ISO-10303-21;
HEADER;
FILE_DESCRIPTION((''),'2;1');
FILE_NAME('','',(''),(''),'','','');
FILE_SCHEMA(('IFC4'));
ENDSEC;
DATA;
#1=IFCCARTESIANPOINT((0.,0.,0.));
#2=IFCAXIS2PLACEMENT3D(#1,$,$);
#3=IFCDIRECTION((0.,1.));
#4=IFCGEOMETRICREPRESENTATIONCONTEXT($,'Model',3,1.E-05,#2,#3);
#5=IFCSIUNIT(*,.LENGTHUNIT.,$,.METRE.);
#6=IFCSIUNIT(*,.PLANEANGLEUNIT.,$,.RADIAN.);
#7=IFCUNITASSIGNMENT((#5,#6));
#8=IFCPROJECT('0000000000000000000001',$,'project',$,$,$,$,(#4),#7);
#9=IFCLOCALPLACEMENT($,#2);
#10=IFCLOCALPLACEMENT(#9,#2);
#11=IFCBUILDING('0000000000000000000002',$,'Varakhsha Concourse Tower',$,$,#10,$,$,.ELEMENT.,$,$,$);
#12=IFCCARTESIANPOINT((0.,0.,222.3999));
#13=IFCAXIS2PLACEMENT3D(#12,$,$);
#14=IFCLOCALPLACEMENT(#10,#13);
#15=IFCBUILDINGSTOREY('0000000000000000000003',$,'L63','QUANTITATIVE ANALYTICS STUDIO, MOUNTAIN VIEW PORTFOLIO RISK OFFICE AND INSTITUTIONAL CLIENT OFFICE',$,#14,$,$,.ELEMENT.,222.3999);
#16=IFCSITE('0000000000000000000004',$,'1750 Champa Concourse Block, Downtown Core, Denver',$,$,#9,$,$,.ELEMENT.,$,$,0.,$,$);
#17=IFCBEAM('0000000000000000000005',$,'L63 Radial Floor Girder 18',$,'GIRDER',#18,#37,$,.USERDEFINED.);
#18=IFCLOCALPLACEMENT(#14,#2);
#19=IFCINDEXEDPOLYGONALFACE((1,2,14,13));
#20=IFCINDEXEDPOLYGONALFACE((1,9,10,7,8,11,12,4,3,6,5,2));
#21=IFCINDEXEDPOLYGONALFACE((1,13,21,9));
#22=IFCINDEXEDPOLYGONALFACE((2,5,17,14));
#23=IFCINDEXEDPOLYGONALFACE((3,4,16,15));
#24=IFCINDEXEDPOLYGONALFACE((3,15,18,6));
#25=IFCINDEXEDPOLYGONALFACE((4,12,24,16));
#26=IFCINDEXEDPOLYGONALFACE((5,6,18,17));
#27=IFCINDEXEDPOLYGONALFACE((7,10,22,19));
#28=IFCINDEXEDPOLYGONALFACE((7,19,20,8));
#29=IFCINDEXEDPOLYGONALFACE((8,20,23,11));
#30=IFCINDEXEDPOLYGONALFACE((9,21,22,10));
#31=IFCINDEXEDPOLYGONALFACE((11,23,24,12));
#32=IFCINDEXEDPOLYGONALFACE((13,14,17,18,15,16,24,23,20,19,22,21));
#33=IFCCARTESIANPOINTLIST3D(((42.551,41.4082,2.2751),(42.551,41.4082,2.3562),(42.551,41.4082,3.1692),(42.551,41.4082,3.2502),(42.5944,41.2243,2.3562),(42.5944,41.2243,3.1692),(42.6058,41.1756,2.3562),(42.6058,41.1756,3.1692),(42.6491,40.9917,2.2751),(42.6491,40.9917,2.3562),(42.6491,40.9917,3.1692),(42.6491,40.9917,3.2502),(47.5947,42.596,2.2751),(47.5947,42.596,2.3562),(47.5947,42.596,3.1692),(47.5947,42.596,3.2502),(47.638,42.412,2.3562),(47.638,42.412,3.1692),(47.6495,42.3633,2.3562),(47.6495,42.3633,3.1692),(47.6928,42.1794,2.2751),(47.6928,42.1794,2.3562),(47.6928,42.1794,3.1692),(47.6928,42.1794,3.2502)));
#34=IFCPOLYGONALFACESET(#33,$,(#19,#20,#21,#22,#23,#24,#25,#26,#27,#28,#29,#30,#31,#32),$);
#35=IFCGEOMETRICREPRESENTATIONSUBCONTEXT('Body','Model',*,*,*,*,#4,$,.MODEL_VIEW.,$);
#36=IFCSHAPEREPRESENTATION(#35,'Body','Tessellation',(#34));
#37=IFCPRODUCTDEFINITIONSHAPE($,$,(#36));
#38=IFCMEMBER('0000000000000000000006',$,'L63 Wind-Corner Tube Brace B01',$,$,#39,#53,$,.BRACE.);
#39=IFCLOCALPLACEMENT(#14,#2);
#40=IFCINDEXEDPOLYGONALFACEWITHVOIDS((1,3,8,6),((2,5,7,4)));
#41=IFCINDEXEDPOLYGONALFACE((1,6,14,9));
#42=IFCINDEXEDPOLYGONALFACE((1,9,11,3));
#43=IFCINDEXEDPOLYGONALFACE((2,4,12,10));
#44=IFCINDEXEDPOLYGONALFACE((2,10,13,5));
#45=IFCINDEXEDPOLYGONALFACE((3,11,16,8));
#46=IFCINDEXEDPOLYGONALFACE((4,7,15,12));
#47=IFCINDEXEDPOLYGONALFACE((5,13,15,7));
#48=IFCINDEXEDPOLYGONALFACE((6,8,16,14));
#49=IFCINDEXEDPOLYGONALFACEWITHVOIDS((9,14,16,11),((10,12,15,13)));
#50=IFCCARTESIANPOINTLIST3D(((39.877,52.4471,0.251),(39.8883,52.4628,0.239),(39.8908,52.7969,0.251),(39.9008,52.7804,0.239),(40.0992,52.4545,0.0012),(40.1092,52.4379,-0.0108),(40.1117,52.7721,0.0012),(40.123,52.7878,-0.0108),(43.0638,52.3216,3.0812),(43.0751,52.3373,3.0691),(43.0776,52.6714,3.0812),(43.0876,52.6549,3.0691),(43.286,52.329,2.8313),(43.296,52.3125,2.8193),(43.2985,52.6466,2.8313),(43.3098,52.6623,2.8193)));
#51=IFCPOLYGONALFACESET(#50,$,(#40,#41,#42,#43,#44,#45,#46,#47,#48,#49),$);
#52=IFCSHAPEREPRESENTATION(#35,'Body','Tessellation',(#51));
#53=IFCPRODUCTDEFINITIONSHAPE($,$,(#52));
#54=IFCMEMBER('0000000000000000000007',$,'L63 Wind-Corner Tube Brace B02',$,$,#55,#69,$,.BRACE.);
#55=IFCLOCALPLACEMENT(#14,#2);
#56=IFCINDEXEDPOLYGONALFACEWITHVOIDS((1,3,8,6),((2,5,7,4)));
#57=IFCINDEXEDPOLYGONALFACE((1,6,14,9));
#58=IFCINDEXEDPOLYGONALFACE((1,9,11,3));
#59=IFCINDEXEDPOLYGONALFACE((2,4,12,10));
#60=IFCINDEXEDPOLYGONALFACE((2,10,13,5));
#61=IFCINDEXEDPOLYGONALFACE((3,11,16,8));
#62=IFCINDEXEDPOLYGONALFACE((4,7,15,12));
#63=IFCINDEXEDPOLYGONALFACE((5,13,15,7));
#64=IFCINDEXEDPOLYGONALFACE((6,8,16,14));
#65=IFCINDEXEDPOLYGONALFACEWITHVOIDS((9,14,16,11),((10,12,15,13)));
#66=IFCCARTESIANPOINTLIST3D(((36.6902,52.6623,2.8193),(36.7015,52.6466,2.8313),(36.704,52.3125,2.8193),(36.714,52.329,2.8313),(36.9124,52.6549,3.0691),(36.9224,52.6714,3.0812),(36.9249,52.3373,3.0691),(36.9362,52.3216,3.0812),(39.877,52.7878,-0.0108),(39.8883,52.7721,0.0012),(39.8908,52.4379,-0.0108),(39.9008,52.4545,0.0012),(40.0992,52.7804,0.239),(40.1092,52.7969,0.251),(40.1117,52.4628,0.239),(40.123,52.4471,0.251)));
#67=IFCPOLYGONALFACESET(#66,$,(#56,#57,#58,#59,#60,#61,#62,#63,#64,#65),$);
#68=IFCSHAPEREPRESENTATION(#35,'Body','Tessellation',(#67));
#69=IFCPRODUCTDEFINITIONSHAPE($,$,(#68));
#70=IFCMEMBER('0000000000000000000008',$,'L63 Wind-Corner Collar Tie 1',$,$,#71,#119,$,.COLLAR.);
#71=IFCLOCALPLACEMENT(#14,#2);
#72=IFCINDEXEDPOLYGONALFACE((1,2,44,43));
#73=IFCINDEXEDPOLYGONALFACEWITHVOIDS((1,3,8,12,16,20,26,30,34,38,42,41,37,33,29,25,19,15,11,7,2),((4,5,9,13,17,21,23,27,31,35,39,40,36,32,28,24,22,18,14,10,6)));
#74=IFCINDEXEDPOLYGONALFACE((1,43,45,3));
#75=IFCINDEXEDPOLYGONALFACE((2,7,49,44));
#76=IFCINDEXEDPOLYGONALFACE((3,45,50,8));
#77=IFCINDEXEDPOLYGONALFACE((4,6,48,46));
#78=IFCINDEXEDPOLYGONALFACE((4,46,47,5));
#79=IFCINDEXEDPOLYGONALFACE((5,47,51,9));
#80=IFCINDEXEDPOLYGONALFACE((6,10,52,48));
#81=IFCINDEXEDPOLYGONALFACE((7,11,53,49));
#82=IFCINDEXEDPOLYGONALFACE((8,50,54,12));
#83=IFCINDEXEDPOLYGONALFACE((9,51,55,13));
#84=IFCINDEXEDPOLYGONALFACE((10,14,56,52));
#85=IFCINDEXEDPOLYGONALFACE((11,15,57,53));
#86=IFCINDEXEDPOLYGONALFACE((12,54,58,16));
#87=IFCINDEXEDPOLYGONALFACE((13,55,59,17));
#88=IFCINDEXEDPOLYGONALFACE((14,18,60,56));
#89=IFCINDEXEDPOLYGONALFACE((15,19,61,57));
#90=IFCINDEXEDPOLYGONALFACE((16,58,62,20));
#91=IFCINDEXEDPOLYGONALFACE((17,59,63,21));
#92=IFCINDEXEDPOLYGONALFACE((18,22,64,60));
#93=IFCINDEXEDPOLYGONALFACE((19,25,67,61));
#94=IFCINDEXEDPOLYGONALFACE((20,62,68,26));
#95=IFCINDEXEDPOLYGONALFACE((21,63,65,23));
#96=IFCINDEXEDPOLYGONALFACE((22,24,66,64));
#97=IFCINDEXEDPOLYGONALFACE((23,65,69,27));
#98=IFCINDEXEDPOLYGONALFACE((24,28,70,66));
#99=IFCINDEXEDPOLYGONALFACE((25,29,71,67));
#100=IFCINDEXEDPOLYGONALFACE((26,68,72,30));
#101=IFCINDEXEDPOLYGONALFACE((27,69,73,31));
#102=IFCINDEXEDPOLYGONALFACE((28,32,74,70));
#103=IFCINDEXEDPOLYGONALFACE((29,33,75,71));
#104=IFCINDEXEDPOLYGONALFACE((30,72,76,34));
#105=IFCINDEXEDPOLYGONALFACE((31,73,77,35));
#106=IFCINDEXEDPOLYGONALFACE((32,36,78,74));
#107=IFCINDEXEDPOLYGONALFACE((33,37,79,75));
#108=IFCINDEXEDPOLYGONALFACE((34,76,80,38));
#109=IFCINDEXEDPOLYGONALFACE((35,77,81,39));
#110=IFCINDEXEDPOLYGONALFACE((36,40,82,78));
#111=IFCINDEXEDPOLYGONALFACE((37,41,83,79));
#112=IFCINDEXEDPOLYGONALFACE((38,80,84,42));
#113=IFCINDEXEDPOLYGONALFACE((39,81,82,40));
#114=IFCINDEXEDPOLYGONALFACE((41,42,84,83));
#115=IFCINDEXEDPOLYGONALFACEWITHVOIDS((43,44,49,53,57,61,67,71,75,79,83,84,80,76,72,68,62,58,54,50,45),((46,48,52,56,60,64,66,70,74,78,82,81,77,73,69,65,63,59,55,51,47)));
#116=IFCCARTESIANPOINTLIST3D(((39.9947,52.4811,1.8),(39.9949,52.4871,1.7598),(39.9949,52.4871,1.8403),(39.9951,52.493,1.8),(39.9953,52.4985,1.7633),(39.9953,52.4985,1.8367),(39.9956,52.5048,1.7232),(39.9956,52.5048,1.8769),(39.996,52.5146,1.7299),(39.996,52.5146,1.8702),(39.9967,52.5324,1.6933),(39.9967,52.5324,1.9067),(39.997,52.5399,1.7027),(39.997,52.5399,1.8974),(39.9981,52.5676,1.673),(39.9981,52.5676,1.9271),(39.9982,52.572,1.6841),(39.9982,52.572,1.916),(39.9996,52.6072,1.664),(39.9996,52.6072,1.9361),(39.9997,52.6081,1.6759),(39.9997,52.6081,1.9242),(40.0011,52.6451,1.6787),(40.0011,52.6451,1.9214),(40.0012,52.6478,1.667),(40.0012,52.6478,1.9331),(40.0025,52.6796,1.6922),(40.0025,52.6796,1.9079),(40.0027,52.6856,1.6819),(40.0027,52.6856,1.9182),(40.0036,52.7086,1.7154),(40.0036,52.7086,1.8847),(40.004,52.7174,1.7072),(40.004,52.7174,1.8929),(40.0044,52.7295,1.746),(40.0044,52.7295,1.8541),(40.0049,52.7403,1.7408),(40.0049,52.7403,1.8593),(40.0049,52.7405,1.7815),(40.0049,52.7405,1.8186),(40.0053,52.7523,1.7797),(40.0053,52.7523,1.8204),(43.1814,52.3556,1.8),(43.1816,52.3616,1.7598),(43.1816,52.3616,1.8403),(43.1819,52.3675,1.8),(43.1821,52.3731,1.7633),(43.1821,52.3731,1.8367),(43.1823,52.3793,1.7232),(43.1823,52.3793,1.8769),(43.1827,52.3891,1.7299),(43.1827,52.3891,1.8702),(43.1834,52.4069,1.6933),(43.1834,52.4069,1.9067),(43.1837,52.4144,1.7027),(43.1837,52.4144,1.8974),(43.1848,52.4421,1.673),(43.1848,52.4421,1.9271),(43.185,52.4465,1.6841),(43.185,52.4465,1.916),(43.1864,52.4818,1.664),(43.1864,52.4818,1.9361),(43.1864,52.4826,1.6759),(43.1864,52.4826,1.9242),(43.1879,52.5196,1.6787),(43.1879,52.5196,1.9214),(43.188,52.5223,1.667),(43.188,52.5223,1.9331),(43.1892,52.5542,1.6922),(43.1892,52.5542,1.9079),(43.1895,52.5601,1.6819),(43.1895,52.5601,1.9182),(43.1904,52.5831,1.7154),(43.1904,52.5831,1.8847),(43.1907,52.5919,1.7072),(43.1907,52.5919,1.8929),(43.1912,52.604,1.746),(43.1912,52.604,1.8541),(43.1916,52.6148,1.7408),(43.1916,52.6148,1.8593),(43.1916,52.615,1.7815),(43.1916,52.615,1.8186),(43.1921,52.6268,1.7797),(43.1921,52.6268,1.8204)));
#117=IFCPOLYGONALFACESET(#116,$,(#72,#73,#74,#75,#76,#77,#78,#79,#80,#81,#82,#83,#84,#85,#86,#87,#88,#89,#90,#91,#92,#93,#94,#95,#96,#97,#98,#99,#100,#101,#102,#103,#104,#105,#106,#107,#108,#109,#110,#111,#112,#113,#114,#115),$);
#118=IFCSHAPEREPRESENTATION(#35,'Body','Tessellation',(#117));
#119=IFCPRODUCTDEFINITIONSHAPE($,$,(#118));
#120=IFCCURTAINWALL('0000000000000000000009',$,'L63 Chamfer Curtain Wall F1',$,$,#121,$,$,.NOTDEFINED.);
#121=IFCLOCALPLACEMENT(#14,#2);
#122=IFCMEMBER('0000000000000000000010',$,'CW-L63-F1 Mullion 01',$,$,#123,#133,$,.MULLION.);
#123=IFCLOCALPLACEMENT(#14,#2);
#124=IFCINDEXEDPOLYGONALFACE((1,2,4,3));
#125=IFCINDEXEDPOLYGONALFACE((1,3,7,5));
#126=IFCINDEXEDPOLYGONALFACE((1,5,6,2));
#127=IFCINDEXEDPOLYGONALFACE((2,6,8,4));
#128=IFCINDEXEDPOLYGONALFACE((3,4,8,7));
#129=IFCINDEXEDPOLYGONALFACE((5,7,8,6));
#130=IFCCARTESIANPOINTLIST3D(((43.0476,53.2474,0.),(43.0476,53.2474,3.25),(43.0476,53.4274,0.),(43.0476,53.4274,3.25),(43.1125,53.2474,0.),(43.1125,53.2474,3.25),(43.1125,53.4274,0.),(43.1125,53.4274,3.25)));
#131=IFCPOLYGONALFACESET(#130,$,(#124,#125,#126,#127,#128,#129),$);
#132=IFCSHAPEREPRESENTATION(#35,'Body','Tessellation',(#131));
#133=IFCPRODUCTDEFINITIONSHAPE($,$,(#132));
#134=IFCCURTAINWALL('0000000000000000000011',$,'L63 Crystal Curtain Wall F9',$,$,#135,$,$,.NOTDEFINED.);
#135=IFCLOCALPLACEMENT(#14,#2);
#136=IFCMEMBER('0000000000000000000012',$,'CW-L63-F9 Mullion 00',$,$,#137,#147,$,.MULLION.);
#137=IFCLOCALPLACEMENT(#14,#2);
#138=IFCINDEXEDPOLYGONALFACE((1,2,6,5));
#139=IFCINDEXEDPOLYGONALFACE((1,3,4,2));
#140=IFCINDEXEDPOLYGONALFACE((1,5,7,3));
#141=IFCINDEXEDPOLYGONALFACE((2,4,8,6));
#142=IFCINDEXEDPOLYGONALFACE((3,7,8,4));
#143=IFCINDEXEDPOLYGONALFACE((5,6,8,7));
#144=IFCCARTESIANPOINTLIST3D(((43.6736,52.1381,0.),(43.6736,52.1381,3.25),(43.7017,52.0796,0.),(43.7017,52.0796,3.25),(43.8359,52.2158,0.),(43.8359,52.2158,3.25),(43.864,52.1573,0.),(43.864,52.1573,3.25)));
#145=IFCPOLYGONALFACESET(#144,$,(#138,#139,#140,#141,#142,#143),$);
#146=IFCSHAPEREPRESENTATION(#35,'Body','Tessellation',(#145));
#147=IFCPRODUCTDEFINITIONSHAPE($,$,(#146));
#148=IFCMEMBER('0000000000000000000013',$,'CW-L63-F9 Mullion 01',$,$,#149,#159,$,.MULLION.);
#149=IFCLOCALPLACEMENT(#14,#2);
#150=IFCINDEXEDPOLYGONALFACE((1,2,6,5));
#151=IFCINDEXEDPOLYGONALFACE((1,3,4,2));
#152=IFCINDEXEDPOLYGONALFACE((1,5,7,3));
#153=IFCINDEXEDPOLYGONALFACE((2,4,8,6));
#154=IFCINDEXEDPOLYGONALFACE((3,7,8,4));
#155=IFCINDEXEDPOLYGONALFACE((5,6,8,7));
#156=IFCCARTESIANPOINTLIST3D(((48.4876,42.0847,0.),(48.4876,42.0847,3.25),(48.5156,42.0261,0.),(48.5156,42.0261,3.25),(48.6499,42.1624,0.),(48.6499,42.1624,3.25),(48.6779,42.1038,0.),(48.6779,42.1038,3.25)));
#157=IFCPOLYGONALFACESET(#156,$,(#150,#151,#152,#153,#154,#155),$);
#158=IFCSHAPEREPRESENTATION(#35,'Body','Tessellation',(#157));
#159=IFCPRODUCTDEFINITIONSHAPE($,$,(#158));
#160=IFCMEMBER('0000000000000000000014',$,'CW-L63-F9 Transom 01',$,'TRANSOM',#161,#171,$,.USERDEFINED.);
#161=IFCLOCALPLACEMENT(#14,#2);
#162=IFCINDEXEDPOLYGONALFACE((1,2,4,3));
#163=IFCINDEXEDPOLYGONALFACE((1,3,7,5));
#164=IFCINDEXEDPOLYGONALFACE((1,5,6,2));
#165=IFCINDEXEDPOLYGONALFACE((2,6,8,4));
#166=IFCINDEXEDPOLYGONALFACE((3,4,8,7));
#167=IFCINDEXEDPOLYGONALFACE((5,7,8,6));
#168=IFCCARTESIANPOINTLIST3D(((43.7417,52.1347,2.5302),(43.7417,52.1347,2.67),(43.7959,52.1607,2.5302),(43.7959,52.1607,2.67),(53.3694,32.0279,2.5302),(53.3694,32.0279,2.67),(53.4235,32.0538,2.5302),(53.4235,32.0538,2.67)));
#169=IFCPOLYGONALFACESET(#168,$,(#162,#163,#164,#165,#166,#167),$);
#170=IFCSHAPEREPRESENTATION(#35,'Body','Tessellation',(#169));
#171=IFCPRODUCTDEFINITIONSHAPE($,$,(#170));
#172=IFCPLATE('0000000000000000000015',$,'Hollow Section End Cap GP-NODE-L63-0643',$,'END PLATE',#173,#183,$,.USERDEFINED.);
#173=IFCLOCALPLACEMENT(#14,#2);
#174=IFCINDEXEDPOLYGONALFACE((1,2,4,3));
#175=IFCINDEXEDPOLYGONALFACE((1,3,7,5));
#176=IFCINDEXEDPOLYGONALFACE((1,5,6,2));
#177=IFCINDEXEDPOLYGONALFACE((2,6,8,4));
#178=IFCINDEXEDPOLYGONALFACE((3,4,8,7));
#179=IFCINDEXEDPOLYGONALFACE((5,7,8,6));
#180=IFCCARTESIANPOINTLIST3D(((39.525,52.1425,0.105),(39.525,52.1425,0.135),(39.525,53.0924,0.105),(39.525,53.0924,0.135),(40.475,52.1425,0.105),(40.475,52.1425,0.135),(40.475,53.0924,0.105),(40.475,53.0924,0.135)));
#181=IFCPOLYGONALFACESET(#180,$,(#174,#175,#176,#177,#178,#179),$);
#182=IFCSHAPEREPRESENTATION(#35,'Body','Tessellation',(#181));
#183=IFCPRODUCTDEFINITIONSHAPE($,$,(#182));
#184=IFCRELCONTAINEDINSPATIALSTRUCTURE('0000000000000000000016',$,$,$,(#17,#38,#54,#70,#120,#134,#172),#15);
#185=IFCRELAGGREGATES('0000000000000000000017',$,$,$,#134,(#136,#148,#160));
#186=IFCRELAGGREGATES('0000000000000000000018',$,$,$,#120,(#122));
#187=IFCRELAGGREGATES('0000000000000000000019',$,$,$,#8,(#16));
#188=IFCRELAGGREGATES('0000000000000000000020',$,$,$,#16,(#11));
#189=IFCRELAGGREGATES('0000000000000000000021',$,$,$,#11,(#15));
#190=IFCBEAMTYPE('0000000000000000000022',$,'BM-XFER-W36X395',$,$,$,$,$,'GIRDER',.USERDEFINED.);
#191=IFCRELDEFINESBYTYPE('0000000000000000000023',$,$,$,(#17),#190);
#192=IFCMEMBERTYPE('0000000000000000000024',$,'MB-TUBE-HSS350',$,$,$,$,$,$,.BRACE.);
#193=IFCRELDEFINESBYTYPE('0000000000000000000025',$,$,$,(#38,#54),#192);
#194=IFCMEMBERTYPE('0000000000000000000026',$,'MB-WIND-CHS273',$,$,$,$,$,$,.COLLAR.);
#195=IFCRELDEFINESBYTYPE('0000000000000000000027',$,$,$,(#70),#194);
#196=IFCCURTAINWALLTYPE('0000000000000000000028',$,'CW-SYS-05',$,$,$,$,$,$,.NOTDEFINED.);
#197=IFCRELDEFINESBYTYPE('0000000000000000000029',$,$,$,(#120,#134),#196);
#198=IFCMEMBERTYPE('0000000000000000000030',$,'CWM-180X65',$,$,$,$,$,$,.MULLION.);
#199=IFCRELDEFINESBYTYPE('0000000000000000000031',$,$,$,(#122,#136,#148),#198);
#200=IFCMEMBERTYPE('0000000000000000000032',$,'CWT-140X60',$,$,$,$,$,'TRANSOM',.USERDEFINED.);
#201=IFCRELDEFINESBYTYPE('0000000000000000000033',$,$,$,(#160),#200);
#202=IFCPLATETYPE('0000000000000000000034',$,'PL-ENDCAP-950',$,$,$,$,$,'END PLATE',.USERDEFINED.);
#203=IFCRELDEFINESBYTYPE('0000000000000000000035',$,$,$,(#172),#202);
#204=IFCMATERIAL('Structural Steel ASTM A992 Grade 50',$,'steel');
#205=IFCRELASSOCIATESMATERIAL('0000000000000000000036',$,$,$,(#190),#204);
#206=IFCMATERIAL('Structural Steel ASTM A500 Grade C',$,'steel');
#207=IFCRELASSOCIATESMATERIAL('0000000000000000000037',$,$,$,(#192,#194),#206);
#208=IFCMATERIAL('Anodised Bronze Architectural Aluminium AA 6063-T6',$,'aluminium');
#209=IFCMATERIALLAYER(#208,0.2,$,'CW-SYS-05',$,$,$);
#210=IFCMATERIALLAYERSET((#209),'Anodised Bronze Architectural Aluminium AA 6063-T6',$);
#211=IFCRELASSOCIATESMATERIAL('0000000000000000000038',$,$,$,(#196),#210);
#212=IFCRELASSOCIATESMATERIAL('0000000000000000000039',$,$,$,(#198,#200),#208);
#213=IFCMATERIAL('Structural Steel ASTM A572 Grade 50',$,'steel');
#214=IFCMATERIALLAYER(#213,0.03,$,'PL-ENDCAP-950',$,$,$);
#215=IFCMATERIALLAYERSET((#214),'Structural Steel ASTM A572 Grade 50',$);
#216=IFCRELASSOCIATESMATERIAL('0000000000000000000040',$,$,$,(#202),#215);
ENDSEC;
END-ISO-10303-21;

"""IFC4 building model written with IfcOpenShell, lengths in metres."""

from ifc_helpers import new_model, si_unit, direction, frame, origin, origin_2d, place, context, subcontext, project, spatial, rectangle, hollow_rectangle, hollow_circle, i_section, extrude, source, transform, mapped, material, layer, layer_set, material_profile, profile_set, type_object, type_shapes, element, aggregate, save


model = new_model("IFC4")

# Units and contexts
model_context = context("Model", 3, precision=1e-05, world=origin(), true_north=direction((0.0, 1.0)))
body_context = subcontext(model_context, "Body", "Model", "MODEL_VIEW")
ifc_project = project(units=[si_unit("LENGTHUNIT", "METRE"), si_unit("PLANEANGLEUNIT", "RADIAN")], contexts=[model_context])

# Site, building, storey
site_placement = place(None, origin())
site = spatial("IfcSite", under=ifc_project, at=site_placement, Name="1750 Champa Concourse Block, Downtown Core, Denver", CompositionType="ELEMENT", RefElevation=0.0)
building_placement = place(site_placement, origin())
building = spatial("IfcBuilding", under=site, at=building_placement, Name="Varakhsha Concourse Tower", CompositionType="ELEMENT")
storey_placement = place(building_placement, frame((0.0, 0.0, 222.3999)))
storey = spatial("IfcBuildingStorey", under=building, at=storey_placement, Name="L63", Description="QUANTITATIVE ANALYTICS STUDIO, MOUNTAIN VIEW PORTFOLIO RISK OFFICE AND INSTITUTIONAL CLIENT OFFICE", CompositionType="ELEMENT", Elevation=222.3999)

# Shared definitions
ifc_material_1 = material(Name="Structural Steel ASTM A992 Grade 50", Category="steel")
ifc_material_2 = material(Name="Structural Steel ASTM A572 Grade 50", Category="steel")

# Beam
ifc_material_profile_1 = material_profile(ifc_material_1, i_section(OverallWidth=0.428, OverallDepth=0.9751, WebThickness=0.05, FlangeThickness=0.0811, at=origin_2d()), Name="W36X395")
ifc_profile_set_1 = profile_set([ifc_material_profile_1], Name="Structural Steel ASTM A992 Grade 50")
beam_type_1 = type_object("IfcBeamType", Name="BM-XFER-W36X395", ElementType="GIRDER", PredefinedType="USERDEFINED", material=ifc_profile_set_1)
beam_1_placement = place(storey_placement, frame((42.6001, 41.2, 2.7627), z_axis=(0.973375, 0.229221, 0.0), x_axis=(-0.229221, 0.973375, 0.0)))
element("IfcBeam", 1, at=beam_1_placement, inside=storey, type_object=beam_type_1, Name="L63 Radial Floor Girder 18", ObjectType="GIRDER", PredefinedType="USERDEFINED", context=body_context, shape_type="SweptSolid", body=[
    extrude(i_section(OverallWidth=0.428, OverallDepth=0.9751, WebThickness=0.05, FlangeThickness=0.0811, at=origin_2d()), origin(), (0.0, 0.0, 1.0), 5.1816),
])

# Members
ifc_material_3 = material(Name="Structural Steel ASTM A500 Grade C", Category="steel")
ifc_material_profile_2 = material_profile(ifc_material_3, hollow_rectangle(XDim=0.3501, YDim=0.3501, WallThickness=0.0161, at=origin_2d()), Name="HSS 350x350x16")
ifc_profile_set_2 = profile_set([ifc_material_profile_2], Name="Structural Steel ASTM A500 Grade C")
member_type_1 = type_object("IfcMemberType", Name="MB-TUBE-HSS350", PredefinedType="BRACE", material=ifc_profile_set_2)
shared_shape_1 = source(origin(), body_context, "Body", "SweptSolid", [
    extrude(hollow_rectangle(XDim=0.3501, YDim=0.3501, WallThickness=0.0161, at=origin_2d()), origin(), (0.0, 0.0, 1.0), 4.2639),
])
type_shapes(member_type_1, [shared_shape_1])
for number, where, z_axis, x_axis, name in (
    (2, (40.0, 52.6174, 0.1201), (0.747389, -0.029431, 0.663735), (0.039347, 0.999226, 0.0), "L63 Wind-Corner Tube Brace B01"),
    (3, (40.0, 52.6174, 0.1201), (-0.747389, -0.029431, 0.663735), (0.039347, -0.999226, 0.0), "L63 Wind-Corner Tube Brace B02"),
):
    element("IfcMember", number, at=place(storey_placement, frame(where, z_axis=z_axis, x_axis=x_axis)), inside=storey, type_object=member_type_1, Name=name, PredefinedType="BRACE", context=body_context, shape_type="MappedRepresentation", body=[
        mapped(shared_shape_1, transform((0.0, 0.0, 0.0), scale=1.0)),
    ])
ifc_material_profile_3 = material_profile(ifc_material_3, hollow_circle(Radius=0.1365, WallThickness=0.012, at=origin_2d()), Name="CHS 273x12")
ifc_profile_set_3 = profile_set([ifc_material_profile_3], Name="Structural Steel ASTM A500 Grade C")
member_type_2 = type_object("IfcMemberType", Name="MB-WIND-CHS273", PredefinedType="COLLAR", material=ifc_profile_set_3)
shared_shape_2 = source(origin(), body_context, "Body", "SweptSolid", [
    extrude(hollow_circle(Radius=0.1365, WallThickness=0.012, at=origin_2d()), origin(), (0.0, 0.0, 1.0), 3.1892),
])
type_shapes(member_type_2, [shared_shape_2])
member_1_placement = place(storey_placement, frame((43.1868, 52.4919, 1.8), z_axis=(-0.999226, 0.039347, 0.0), x_axis=(-0.039347, -0.999226, 0.0)))
element("IfcMember", 4, at=member_1_placement, inside=storey, type_object=member_type_2, Name="L63 Wind-Corner Collar Tie 1", PredefinedType="COLLAR", context=body_context, shape_type="MappedRepresentation", body=[
    mapped(shared_shape_2, transform((0.0, 0.0, 0.0), scale=1.0)),
])

# Curtain wall, member
ifc_material_4 = material(Name="Anodised Bronze Architectural Aluminium AA 6063-T6", Category="aluminium")
ifc_layer_1 = layer(ifc_material_4, 0.2, Name="CW-SYS-05")
ifc_layer_set_1 = layer_set([ifc_layer_1], Name="Anodised Bronze Architectural Aluminium AA 6063-T6")
curtain_wall_type = type_object("IfcCurtainWallType", Name="CW-SYS-05", PredefinedType="NOTDEFINED", material=ifc_layer_set_1)
curtain_wall_1_placement = place(storey_placement, origin())
curtain_wall_1 = element("IfcCurtainWall", 5, at=curtain_wall_1_placement, inside=storey, type_object=curtain_wall_type, Name="L63 Chamfer Curtain Wall F1", PredefinedType="NOTDEFINED")
ifc_material_profile_4 = material_profile(ifc_material_4, rectangle(XDim=0.0649, YDim=0.1799, at=origin_2d()), Name="CWM-180X65")
ifc_profile_set_4 = profile_set([ifc_material_profile_4], Name="Anodised Bronze Architectural Aluminium AA 6063-T6")
member_type_3 = type_object("IfcMemberType", Name="CWM-180X65", PredefinedType="MULLION", material=ifc_profile_set_4)
shared_shape_3 = source(origin(), body_context, "Body", "SweptSolid", [
    extrude(rectangle(XDim=0.0649, YDim=0.1799, at=origin_2d()), origin(), (0.0, 0.0, 1.0), 3.25),
])
type_shapes(member_type_3, [shared_shape_3])
member_2_placement = place(storey_placement, frame((43.0801, 53.3374, 0.0), z_axis=(0.0, 0.0, 1.0), x_axis=(1.0, 0.0, 0.0)))
member_2 = element("IfcMember", 6, at=member_2_placement, type_object=member_type_3, Name="CW-L63-F1 Mullion 01", PredefinedType="MULLION", context=body_context, shape_type="MappedRepresentation", body=[
    mapped(shared_shape_3, transform((0.0, 0.0, 0.0), scale=1.0)),
])

# Curtain wall, members
curtain_wall_2_placement = place(storey_placement, origin())
curtain_wall_2 = element("IfcCurtainWall", 7, at=curtain_wall_2_placement, inside=storey, type_object=curtain_wall_type, Name="L63 Crystal Curtain Wall F9", PredefinedType="NOTDEFINED")
member_3_placement = place(storey_placement, frame((43.7688, 52.1477, 0.0), z_axis=(0.0, 0.0, 1.0), x_axis=(0.431862, -0.90194, 0.0)))
member_3 = element("IfcMember", 8, at=member_3_placement, type_object=member_type_3, Name="CW-L63-F9 Mullion 00", PredefinedType="MULLION", context=body_context, shape_type="MappedRepresentation", body=[
    mapped(shared_shape_3, transform((0.0, 0.0, 0.0), scale=1.0)),
])
member_4_placement = place(storey_placement, frame((48.5828, 42.0942, 0.0), z_axis=(0.0, 0.0, 1.0), x_axis=(0.431862, -0.90194, 0.0)))
member_4 = element("IfcMember", 9, at=member_4_placement, type_object=member_type_3, Name="CW-L63-F9 Mullion 01", PredefinedType="MULLION", context=body_context, shape_type="MappedRepresentation", body=[
    mapped(shared_shape_3, transform((0.0, 0.0, 0.0), scale=1.0)),
])
ifc_material_profile_5 = material_profile(ifc_material_4, rectangle(XDim=0.0601, YDim=0.1399, at=origin_2d()), Name="CWT-140X60")
ifc_profile_set_5 = profile_set([ifc_material_profile_5], Name="Anodised Bronze Architectural Aluminium AA 6063-T6")
member_type_4 = type_object("IfcMemberType", Name="CWT-140X60", ElementType="TRANSOM", PredefinedType="USERDEFINED", material=ifc_profile_set_5)
shared_shape_4 = source(origin(), body_context, "Body", "SweptSolid", [
    extrude(rectangle(XDim=0.0601, YDim=0.1399, at=origin_2d()), origin(), (0.0, 0.0, 1.0), 22.293),
])
type_shapes(member_type_4, [shared_shape_4])
member_5_placement = place(storey_placement, frame((43.7688, 52.1477, 2.6001), z_axis=(0.431869, -0.901936, 0.0), x_axis=(0.901936, 0.431869, 0.0)))
member_5 = element("IfcMember", 10, at=member_5_placement, type_object=member_type_4, Name="CW-L63-F9 Transom 01", ObjectType="TRANSOM", PredefinedType="USERDEFINED", context=body_context, shape_type="MappedRepresentation", body=[
    mapped(shared_shape_4, transform((0.0, 0.0, 0.0), scale=1.0)),
])

# Plate
ifc_layer_2 = layer(ifc_material_2, 0.03, Name="PL-ENDCAP-950")
ifc_layer_set_2 = layer_set([ifc_layer_2], Name="Structural Steel ASTM A572 Grade 50")
plate_type_1 = type_object("IfcPlateType", Name="PL-ENDCAP-950", ElementType="END PLATE", PredefinedType="USERDEFINED", material=ifc_layer_set_2)
shared_shape_5 = source(origin(), body_context, "Body", "SweptSolid", [
    extrude(rectangle(XDim=0.95, YDim=0.95, at=origin_2d()), origin(), (0.0, 0.0, 1.0), 0.03),
])
type_shapes(plate_type_1, [shared_shape_5])
for number, where, z_axis, x_axis, name in (
    (11, (40.0, 52.6174, 0.105), (0.0, 0.0, 1.0), (1.0, 0.0, 0.0), "Hollow Section End Cap GP-NODE-L63-0643"),
):
    element("IfcPlate", number, at=place(storey_placement, frame(where, z_axis=z_axis, x_axis=x_axis)), inside=storey, type_object=plate_type_1, Name=name, ObjectType="END PLATE", PredefinedType="USERDEFINED", context=body_context, shape_type="MappedRepresentation", body=[
        mapped(shared_shape_5, transform((0.0, 0.0, 0.0), scale=1.0)),
    ])

aggregate(curtain_wall_2, [member_3, member_4, member_5])
aggregate(curtain_wall_1, [member_2])

save(model, "model.ifc")
